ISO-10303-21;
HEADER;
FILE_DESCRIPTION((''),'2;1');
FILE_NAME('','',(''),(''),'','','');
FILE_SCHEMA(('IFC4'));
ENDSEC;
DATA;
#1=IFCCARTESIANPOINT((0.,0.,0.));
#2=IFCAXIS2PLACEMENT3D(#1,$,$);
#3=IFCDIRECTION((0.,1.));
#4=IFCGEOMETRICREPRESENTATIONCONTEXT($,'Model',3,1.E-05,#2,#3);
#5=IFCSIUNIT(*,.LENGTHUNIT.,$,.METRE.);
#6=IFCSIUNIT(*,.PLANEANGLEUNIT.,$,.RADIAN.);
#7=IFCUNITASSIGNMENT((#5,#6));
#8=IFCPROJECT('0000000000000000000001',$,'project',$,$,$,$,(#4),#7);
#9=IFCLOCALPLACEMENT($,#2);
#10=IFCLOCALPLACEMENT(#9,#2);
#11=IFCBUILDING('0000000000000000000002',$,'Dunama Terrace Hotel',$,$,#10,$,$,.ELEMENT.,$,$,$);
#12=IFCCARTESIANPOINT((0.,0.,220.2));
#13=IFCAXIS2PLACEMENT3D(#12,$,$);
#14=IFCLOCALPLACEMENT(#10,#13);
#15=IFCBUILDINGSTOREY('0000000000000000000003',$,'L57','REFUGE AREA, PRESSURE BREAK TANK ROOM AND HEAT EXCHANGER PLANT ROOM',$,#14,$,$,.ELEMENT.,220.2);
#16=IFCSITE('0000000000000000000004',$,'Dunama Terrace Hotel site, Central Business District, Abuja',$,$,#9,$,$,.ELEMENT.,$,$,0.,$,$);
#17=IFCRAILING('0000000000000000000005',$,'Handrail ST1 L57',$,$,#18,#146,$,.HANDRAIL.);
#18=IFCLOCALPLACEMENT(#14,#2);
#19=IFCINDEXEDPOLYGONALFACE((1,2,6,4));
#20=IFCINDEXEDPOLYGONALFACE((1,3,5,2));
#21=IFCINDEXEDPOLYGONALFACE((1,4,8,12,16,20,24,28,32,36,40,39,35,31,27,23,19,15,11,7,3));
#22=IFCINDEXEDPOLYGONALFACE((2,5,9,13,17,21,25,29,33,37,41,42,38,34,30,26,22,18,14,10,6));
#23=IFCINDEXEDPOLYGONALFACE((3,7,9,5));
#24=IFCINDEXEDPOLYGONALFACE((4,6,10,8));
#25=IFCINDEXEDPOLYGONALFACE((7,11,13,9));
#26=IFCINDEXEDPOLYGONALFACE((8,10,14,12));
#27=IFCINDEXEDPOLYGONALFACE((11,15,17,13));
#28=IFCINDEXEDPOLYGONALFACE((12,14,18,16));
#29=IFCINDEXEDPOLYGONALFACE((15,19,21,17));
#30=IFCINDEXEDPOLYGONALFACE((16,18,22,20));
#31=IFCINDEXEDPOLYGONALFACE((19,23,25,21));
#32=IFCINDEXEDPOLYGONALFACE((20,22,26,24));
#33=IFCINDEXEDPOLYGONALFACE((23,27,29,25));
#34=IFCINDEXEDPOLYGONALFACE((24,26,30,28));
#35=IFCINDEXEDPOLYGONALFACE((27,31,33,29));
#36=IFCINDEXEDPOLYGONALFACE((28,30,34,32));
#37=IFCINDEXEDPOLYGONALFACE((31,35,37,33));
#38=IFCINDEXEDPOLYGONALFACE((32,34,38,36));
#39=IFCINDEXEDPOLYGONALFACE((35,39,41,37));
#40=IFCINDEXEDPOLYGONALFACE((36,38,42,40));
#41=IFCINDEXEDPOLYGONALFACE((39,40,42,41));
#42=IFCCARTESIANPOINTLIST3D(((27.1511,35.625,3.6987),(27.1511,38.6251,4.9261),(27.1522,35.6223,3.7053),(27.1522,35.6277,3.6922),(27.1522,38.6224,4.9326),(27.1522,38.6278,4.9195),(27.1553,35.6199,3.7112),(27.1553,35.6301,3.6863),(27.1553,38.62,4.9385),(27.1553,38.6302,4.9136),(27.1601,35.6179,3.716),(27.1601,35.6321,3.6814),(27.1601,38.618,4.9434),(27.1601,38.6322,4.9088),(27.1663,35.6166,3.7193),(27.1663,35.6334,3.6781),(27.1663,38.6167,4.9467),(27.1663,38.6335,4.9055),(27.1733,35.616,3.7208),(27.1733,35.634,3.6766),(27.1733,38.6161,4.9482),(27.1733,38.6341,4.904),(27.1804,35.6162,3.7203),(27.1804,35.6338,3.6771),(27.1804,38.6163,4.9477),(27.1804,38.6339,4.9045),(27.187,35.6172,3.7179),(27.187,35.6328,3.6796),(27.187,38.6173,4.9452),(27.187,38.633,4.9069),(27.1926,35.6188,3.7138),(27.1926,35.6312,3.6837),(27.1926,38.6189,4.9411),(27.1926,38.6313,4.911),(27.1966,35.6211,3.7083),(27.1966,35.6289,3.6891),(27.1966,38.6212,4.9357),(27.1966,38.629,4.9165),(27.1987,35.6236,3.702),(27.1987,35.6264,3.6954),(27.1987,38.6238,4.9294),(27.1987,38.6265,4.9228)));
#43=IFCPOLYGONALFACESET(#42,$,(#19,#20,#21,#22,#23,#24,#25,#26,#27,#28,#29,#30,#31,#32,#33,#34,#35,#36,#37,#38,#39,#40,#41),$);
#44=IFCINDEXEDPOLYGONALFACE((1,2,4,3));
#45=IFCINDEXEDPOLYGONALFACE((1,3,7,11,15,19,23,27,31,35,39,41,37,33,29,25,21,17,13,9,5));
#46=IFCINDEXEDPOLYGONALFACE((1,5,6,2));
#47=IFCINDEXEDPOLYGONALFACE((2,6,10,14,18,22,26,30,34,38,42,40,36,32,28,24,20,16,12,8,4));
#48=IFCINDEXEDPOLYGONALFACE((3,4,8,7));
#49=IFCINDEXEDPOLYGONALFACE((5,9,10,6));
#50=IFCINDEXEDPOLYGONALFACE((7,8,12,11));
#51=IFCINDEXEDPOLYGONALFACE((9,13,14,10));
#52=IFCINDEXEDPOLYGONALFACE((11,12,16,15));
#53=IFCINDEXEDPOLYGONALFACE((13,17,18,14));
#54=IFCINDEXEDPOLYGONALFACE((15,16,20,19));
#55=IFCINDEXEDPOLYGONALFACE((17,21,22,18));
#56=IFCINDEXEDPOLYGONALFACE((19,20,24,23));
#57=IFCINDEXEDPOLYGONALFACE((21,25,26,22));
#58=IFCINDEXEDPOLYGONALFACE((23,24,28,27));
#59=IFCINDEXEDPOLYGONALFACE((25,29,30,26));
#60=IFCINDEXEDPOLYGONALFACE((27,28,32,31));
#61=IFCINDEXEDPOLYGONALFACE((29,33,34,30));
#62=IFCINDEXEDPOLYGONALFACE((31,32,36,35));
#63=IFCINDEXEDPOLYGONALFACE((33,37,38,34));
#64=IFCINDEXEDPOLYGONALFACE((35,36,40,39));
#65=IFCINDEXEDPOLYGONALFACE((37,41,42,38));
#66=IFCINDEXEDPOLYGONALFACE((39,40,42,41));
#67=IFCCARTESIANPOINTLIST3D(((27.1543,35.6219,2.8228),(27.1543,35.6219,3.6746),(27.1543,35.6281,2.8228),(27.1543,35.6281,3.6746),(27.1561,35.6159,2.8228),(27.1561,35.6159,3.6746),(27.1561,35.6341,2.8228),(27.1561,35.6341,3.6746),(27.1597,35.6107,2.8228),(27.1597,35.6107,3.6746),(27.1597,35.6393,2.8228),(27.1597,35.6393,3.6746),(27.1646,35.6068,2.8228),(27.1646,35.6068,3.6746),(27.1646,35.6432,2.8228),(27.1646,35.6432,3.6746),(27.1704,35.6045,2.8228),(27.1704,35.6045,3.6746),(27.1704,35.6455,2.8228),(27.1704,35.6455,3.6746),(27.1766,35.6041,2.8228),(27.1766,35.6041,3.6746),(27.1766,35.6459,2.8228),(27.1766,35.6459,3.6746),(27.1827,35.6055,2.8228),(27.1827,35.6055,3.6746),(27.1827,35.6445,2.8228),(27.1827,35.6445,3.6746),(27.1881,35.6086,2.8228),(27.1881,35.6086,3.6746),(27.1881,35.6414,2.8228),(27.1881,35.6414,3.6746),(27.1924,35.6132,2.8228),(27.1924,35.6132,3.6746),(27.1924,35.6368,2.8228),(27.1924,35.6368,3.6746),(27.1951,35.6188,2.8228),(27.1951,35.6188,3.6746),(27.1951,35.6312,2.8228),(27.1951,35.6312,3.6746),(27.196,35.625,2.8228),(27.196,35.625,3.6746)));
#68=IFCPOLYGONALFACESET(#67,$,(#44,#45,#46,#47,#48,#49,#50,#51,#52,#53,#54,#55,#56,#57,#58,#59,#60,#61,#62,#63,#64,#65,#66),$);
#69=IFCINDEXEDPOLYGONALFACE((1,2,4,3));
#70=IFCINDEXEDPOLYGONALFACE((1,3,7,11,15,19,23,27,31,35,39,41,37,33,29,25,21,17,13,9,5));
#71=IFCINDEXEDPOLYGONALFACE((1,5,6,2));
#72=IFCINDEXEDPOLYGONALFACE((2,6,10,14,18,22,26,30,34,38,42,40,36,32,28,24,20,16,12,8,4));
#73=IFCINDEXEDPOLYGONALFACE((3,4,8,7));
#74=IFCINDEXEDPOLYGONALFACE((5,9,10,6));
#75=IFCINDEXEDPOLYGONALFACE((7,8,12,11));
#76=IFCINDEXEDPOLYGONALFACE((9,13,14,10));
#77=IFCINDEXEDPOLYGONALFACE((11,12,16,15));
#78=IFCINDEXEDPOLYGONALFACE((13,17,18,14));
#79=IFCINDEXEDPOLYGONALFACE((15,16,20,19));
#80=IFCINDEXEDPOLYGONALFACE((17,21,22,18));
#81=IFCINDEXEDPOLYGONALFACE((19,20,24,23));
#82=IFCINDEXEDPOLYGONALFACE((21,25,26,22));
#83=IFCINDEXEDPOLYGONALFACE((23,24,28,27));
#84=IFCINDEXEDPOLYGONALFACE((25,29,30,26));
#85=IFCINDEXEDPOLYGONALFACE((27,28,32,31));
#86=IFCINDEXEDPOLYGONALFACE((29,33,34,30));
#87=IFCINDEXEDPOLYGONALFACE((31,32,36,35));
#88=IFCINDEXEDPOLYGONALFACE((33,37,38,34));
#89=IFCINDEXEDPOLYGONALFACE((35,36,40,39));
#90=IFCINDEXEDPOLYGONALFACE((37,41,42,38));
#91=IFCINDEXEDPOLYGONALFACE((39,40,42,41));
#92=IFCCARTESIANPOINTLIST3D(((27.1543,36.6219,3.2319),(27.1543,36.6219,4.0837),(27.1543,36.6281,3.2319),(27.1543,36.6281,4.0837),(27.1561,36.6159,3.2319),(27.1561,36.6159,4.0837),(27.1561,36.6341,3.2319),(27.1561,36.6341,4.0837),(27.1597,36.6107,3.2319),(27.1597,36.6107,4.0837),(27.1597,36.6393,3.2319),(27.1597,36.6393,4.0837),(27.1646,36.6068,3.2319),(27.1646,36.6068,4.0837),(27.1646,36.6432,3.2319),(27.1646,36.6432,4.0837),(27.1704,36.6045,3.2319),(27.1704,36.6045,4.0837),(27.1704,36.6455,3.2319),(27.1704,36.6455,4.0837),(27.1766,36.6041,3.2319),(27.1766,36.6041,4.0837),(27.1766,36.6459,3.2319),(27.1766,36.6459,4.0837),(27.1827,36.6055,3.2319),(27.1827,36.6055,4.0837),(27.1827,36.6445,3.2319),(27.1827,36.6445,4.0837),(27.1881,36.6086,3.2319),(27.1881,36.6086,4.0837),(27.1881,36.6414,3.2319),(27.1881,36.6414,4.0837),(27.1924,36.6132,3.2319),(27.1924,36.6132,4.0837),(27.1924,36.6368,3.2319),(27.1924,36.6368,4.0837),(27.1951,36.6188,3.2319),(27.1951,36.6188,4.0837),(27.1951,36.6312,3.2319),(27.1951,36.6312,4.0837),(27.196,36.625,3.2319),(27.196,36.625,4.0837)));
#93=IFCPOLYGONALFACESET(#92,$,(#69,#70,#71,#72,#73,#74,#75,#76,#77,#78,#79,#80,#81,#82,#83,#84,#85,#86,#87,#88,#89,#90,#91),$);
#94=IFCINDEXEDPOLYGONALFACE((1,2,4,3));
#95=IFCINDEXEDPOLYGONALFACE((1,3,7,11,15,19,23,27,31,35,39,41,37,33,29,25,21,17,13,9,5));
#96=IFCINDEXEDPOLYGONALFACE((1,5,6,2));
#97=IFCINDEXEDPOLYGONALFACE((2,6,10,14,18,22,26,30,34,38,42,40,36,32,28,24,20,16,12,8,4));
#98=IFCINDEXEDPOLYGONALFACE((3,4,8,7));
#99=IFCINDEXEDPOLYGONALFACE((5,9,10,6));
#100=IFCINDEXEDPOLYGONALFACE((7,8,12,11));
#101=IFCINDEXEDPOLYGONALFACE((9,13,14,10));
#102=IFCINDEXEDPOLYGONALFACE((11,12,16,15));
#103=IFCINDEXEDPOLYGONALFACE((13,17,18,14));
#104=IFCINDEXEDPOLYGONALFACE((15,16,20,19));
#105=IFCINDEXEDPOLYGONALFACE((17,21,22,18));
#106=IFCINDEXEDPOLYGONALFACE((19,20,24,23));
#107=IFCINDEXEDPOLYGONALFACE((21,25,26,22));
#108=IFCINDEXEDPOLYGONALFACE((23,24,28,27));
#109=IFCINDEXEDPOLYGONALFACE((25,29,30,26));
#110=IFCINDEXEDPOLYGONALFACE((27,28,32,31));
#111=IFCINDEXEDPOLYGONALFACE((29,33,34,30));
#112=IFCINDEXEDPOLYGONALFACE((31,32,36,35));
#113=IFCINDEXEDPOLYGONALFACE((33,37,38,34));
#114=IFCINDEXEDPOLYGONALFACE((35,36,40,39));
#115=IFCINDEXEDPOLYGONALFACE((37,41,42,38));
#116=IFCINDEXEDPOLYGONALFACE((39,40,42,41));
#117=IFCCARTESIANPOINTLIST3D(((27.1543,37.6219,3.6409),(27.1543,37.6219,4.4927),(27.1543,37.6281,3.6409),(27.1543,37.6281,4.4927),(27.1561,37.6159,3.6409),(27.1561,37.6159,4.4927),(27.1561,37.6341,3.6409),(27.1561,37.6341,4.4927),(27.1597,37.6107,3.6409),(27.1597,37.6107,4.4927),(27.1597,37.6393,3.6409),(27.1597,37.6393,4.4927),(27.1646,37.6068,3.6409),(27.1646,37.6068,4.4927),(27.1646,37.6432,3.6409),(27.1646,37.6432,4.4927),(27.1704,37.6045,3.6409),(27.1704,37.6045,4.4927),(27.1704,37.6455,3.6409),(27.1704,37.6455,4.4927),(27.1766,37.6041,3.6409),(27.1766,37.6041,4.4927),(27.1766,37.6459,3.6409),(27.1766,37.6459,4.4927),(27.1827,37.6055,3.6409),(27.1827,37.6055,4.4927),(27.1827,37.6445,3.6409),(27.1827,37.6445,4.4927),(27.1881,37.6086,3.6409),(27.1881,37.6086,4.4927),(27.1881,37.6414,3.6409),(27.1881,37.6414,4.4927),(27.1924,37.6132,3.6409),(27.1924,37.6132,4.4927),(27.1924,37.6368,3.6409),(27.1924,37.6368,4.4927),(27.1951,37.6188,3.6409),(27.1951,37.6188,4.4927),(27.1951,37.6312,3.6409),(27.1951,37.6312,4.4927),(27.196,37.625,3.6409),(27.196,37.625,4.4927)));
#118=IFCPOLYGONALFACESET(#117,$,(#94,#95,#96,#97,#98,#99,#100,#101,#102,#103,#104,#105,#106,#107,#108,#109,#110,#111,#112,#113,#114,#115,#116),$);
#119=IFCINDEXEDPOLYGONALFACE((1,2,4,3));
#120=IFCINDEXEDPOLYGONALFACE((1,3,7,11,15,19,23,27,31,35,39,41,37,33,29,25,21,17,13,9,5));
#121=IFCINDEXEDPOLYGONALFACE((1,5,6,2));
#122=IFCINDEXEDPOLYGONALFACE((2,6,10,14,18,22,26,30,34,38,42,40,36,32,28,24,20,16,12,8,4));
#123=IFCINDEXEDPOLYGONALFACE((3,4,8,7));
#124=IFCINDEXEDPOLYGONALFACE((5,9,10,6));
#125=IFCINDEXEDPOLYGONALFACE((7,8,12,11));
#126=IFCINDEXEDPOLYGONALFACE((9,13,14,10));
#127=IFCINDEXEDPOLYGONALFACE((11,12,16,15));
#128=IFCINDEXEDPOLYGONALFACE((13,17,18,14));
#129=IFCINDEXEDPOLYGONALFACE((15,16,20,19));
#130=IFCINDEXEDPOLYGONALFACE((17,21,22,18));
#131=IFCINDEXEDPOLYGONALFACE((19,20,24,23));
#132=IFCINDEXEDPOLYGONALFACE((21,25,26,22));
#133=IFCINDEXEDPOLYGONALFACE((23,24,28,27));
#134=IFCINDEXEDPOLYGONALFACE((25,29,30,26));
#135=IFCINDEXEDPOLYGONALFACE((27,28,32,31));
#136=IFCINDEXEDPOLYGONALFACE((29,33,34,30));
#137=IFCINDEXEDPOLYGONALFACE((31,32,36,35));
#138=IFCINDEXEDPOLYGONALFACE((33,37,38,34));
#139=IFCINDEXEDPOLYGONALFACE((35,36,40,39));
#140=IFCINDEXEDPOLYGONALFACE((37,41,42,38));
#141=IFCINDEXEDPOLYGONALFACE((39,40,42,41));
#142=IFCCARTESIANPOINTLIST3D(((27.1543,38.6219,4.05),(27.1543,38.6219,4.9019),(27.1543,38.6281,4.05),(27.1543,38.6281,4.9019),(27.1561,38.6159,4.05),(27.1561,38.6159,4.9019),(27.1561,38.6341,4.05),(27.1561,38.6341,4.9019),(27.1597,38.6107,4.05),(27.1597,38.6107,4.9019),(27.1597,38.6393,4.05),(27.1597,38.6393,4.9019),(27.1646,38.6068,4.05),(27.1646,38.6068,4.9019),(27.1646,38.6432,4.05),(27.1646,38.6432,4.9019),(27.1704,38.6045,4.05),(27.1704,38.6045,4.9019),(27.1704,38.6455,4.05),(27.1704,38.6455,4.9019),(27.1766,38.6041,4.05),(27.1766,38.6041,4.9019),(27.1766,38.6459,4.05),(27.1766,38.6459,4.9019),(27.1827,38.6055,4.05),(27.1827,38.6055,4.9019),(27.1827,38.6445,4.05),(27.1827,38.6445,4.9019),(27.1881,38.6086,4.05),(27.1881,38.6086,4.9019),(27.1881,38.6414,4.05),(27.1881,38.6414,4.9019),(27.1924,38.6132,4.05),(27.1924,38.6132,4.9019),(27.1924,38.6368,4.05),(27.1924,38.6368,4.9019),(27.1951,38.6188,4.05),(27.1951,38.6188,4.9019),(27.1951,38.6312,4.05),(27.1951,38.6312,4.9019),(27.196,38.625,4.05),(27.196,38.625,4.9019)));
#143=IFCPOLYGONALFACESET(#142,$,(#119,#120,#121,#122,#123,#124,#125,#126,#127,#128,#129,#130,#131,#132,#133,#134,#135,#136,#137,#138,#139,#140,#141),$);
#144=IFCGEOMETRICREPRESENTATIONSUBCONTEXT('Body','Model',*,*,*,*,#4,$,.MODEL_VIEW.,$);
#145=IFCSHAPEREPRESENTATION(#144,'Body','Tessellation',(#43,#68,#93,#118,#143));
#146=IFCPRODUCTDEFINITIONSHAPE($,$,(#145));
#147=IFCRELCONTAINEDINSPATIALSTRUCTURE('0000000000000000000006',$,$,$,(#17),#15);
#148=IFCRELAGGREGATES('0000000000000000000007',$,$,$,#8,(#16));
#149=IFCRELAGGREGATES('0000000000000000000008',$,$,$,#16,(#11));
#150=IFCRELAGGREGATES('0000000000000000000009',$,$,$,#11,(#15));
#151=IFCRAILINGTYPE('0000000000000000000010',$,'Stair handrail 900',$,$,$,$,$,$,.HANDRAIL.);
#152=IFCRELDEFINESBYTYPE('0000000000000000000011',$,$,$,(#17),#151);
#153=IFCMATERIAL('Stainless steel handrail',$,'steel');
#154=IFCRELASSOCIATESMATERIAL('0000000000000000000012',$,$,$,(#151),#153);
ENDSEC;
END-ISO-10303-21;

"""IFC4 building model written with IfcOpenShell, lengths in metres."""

from ifc_helpers import new_model, si_unit, direction, frame, origin, origin_2d, place, context, subcontext, project, spatial, circle, extrude, material, type_object, element, save


model = new_model("IFC4")

# Units and contexts
model_context = context("Model", 3, precision=1e-05, world=origin(), true_north=direction((0.0, 1.0)))
body_context = subcontext(model_context, "Body", "Model", "MODEL_VIEW")
ifc_project = project(units=[si_unit("LENGTHUNIT", "METRE"), si_unit("PLANEANGLEUNIT", "RADIAN")], contexts=[model_context])

# Site, building, storey
site_placement = place(None, origin())
site = spatial("IfcSite", under=ifc_project, at=site_placement, Name="Dunama Terrace Hotel site, Central Business District, Abuja", CompositionType="ELEMENT", RefElevation=0.0)
building_placement = place(site_placement, origin())
building = spatial("IfcBuilding", under=site, at=building_placement, Name="Dunama Terrace Hotel", CompositionType="ELEMENT")
storey_placement = place(building_placement, frame((0.0, 0.0, 220.2)))
storey = spatial("IfcBuildingStorey", under=building, at=storey_placement, Name="L57", Description="REFUGE AREA, PRESSURE BREAK TANK ROOM AND HEAT EXCHANGER PLANT ROOM", CompositionType="ELEMENT", Elevation=220.2)

# Railing
ifc_material_1 = material(Name="Stainless steel handrail", Category="steel")
railing_type = type_object("IfcRailingType", Name="Stair handrail 900", PredefinedType="HANDRAIL", material=ifc_material_1)
railing_1_placement = place(storey_placement, frame((27.175, 35.625, 2.8228)))
element("IfcRailing", 1, at=railing_1_placement, inside=storey, type_object=railing_type, Name="Handrail ST1 L57", PredefinedType="HANDRAIL", context=body_context, shape_type="SweptSolid", body=[
    extrude(circle(Radius=0.0239, at=origin_2d()), frame((0.0, 0.0, 0.876), z_axis=(0.0, 0.925545, 0.378639), x_axis=(-1.0, 0.0, 0.0)), (0.0, 0.0, 1.0), 3.2415),
    extrude(circle(Radius=0.021, at=origin_2d()), origin(), (0.0, 0.0, 1.0), 0.8518),
    extrude(circle(Radius=0.021, at=origin_2d()), frame((0.0, 1.0, 0.4092)), (0.0, 0.0, 1.0), 0.8518),
    extrude(circle(Radius=0.021, at=origin_2d()), frame((0.0, 2.0, 0.8181)), (0.0, 0.0, 1.0), 0.8518),
    extrude(circle(Radius=0.021, at=origin_2d()), frame((0.0, 3.0, 1.2273)), (0.0, 0.0, 1.0), 0.8518),
])

save(model, "model.ifc")
